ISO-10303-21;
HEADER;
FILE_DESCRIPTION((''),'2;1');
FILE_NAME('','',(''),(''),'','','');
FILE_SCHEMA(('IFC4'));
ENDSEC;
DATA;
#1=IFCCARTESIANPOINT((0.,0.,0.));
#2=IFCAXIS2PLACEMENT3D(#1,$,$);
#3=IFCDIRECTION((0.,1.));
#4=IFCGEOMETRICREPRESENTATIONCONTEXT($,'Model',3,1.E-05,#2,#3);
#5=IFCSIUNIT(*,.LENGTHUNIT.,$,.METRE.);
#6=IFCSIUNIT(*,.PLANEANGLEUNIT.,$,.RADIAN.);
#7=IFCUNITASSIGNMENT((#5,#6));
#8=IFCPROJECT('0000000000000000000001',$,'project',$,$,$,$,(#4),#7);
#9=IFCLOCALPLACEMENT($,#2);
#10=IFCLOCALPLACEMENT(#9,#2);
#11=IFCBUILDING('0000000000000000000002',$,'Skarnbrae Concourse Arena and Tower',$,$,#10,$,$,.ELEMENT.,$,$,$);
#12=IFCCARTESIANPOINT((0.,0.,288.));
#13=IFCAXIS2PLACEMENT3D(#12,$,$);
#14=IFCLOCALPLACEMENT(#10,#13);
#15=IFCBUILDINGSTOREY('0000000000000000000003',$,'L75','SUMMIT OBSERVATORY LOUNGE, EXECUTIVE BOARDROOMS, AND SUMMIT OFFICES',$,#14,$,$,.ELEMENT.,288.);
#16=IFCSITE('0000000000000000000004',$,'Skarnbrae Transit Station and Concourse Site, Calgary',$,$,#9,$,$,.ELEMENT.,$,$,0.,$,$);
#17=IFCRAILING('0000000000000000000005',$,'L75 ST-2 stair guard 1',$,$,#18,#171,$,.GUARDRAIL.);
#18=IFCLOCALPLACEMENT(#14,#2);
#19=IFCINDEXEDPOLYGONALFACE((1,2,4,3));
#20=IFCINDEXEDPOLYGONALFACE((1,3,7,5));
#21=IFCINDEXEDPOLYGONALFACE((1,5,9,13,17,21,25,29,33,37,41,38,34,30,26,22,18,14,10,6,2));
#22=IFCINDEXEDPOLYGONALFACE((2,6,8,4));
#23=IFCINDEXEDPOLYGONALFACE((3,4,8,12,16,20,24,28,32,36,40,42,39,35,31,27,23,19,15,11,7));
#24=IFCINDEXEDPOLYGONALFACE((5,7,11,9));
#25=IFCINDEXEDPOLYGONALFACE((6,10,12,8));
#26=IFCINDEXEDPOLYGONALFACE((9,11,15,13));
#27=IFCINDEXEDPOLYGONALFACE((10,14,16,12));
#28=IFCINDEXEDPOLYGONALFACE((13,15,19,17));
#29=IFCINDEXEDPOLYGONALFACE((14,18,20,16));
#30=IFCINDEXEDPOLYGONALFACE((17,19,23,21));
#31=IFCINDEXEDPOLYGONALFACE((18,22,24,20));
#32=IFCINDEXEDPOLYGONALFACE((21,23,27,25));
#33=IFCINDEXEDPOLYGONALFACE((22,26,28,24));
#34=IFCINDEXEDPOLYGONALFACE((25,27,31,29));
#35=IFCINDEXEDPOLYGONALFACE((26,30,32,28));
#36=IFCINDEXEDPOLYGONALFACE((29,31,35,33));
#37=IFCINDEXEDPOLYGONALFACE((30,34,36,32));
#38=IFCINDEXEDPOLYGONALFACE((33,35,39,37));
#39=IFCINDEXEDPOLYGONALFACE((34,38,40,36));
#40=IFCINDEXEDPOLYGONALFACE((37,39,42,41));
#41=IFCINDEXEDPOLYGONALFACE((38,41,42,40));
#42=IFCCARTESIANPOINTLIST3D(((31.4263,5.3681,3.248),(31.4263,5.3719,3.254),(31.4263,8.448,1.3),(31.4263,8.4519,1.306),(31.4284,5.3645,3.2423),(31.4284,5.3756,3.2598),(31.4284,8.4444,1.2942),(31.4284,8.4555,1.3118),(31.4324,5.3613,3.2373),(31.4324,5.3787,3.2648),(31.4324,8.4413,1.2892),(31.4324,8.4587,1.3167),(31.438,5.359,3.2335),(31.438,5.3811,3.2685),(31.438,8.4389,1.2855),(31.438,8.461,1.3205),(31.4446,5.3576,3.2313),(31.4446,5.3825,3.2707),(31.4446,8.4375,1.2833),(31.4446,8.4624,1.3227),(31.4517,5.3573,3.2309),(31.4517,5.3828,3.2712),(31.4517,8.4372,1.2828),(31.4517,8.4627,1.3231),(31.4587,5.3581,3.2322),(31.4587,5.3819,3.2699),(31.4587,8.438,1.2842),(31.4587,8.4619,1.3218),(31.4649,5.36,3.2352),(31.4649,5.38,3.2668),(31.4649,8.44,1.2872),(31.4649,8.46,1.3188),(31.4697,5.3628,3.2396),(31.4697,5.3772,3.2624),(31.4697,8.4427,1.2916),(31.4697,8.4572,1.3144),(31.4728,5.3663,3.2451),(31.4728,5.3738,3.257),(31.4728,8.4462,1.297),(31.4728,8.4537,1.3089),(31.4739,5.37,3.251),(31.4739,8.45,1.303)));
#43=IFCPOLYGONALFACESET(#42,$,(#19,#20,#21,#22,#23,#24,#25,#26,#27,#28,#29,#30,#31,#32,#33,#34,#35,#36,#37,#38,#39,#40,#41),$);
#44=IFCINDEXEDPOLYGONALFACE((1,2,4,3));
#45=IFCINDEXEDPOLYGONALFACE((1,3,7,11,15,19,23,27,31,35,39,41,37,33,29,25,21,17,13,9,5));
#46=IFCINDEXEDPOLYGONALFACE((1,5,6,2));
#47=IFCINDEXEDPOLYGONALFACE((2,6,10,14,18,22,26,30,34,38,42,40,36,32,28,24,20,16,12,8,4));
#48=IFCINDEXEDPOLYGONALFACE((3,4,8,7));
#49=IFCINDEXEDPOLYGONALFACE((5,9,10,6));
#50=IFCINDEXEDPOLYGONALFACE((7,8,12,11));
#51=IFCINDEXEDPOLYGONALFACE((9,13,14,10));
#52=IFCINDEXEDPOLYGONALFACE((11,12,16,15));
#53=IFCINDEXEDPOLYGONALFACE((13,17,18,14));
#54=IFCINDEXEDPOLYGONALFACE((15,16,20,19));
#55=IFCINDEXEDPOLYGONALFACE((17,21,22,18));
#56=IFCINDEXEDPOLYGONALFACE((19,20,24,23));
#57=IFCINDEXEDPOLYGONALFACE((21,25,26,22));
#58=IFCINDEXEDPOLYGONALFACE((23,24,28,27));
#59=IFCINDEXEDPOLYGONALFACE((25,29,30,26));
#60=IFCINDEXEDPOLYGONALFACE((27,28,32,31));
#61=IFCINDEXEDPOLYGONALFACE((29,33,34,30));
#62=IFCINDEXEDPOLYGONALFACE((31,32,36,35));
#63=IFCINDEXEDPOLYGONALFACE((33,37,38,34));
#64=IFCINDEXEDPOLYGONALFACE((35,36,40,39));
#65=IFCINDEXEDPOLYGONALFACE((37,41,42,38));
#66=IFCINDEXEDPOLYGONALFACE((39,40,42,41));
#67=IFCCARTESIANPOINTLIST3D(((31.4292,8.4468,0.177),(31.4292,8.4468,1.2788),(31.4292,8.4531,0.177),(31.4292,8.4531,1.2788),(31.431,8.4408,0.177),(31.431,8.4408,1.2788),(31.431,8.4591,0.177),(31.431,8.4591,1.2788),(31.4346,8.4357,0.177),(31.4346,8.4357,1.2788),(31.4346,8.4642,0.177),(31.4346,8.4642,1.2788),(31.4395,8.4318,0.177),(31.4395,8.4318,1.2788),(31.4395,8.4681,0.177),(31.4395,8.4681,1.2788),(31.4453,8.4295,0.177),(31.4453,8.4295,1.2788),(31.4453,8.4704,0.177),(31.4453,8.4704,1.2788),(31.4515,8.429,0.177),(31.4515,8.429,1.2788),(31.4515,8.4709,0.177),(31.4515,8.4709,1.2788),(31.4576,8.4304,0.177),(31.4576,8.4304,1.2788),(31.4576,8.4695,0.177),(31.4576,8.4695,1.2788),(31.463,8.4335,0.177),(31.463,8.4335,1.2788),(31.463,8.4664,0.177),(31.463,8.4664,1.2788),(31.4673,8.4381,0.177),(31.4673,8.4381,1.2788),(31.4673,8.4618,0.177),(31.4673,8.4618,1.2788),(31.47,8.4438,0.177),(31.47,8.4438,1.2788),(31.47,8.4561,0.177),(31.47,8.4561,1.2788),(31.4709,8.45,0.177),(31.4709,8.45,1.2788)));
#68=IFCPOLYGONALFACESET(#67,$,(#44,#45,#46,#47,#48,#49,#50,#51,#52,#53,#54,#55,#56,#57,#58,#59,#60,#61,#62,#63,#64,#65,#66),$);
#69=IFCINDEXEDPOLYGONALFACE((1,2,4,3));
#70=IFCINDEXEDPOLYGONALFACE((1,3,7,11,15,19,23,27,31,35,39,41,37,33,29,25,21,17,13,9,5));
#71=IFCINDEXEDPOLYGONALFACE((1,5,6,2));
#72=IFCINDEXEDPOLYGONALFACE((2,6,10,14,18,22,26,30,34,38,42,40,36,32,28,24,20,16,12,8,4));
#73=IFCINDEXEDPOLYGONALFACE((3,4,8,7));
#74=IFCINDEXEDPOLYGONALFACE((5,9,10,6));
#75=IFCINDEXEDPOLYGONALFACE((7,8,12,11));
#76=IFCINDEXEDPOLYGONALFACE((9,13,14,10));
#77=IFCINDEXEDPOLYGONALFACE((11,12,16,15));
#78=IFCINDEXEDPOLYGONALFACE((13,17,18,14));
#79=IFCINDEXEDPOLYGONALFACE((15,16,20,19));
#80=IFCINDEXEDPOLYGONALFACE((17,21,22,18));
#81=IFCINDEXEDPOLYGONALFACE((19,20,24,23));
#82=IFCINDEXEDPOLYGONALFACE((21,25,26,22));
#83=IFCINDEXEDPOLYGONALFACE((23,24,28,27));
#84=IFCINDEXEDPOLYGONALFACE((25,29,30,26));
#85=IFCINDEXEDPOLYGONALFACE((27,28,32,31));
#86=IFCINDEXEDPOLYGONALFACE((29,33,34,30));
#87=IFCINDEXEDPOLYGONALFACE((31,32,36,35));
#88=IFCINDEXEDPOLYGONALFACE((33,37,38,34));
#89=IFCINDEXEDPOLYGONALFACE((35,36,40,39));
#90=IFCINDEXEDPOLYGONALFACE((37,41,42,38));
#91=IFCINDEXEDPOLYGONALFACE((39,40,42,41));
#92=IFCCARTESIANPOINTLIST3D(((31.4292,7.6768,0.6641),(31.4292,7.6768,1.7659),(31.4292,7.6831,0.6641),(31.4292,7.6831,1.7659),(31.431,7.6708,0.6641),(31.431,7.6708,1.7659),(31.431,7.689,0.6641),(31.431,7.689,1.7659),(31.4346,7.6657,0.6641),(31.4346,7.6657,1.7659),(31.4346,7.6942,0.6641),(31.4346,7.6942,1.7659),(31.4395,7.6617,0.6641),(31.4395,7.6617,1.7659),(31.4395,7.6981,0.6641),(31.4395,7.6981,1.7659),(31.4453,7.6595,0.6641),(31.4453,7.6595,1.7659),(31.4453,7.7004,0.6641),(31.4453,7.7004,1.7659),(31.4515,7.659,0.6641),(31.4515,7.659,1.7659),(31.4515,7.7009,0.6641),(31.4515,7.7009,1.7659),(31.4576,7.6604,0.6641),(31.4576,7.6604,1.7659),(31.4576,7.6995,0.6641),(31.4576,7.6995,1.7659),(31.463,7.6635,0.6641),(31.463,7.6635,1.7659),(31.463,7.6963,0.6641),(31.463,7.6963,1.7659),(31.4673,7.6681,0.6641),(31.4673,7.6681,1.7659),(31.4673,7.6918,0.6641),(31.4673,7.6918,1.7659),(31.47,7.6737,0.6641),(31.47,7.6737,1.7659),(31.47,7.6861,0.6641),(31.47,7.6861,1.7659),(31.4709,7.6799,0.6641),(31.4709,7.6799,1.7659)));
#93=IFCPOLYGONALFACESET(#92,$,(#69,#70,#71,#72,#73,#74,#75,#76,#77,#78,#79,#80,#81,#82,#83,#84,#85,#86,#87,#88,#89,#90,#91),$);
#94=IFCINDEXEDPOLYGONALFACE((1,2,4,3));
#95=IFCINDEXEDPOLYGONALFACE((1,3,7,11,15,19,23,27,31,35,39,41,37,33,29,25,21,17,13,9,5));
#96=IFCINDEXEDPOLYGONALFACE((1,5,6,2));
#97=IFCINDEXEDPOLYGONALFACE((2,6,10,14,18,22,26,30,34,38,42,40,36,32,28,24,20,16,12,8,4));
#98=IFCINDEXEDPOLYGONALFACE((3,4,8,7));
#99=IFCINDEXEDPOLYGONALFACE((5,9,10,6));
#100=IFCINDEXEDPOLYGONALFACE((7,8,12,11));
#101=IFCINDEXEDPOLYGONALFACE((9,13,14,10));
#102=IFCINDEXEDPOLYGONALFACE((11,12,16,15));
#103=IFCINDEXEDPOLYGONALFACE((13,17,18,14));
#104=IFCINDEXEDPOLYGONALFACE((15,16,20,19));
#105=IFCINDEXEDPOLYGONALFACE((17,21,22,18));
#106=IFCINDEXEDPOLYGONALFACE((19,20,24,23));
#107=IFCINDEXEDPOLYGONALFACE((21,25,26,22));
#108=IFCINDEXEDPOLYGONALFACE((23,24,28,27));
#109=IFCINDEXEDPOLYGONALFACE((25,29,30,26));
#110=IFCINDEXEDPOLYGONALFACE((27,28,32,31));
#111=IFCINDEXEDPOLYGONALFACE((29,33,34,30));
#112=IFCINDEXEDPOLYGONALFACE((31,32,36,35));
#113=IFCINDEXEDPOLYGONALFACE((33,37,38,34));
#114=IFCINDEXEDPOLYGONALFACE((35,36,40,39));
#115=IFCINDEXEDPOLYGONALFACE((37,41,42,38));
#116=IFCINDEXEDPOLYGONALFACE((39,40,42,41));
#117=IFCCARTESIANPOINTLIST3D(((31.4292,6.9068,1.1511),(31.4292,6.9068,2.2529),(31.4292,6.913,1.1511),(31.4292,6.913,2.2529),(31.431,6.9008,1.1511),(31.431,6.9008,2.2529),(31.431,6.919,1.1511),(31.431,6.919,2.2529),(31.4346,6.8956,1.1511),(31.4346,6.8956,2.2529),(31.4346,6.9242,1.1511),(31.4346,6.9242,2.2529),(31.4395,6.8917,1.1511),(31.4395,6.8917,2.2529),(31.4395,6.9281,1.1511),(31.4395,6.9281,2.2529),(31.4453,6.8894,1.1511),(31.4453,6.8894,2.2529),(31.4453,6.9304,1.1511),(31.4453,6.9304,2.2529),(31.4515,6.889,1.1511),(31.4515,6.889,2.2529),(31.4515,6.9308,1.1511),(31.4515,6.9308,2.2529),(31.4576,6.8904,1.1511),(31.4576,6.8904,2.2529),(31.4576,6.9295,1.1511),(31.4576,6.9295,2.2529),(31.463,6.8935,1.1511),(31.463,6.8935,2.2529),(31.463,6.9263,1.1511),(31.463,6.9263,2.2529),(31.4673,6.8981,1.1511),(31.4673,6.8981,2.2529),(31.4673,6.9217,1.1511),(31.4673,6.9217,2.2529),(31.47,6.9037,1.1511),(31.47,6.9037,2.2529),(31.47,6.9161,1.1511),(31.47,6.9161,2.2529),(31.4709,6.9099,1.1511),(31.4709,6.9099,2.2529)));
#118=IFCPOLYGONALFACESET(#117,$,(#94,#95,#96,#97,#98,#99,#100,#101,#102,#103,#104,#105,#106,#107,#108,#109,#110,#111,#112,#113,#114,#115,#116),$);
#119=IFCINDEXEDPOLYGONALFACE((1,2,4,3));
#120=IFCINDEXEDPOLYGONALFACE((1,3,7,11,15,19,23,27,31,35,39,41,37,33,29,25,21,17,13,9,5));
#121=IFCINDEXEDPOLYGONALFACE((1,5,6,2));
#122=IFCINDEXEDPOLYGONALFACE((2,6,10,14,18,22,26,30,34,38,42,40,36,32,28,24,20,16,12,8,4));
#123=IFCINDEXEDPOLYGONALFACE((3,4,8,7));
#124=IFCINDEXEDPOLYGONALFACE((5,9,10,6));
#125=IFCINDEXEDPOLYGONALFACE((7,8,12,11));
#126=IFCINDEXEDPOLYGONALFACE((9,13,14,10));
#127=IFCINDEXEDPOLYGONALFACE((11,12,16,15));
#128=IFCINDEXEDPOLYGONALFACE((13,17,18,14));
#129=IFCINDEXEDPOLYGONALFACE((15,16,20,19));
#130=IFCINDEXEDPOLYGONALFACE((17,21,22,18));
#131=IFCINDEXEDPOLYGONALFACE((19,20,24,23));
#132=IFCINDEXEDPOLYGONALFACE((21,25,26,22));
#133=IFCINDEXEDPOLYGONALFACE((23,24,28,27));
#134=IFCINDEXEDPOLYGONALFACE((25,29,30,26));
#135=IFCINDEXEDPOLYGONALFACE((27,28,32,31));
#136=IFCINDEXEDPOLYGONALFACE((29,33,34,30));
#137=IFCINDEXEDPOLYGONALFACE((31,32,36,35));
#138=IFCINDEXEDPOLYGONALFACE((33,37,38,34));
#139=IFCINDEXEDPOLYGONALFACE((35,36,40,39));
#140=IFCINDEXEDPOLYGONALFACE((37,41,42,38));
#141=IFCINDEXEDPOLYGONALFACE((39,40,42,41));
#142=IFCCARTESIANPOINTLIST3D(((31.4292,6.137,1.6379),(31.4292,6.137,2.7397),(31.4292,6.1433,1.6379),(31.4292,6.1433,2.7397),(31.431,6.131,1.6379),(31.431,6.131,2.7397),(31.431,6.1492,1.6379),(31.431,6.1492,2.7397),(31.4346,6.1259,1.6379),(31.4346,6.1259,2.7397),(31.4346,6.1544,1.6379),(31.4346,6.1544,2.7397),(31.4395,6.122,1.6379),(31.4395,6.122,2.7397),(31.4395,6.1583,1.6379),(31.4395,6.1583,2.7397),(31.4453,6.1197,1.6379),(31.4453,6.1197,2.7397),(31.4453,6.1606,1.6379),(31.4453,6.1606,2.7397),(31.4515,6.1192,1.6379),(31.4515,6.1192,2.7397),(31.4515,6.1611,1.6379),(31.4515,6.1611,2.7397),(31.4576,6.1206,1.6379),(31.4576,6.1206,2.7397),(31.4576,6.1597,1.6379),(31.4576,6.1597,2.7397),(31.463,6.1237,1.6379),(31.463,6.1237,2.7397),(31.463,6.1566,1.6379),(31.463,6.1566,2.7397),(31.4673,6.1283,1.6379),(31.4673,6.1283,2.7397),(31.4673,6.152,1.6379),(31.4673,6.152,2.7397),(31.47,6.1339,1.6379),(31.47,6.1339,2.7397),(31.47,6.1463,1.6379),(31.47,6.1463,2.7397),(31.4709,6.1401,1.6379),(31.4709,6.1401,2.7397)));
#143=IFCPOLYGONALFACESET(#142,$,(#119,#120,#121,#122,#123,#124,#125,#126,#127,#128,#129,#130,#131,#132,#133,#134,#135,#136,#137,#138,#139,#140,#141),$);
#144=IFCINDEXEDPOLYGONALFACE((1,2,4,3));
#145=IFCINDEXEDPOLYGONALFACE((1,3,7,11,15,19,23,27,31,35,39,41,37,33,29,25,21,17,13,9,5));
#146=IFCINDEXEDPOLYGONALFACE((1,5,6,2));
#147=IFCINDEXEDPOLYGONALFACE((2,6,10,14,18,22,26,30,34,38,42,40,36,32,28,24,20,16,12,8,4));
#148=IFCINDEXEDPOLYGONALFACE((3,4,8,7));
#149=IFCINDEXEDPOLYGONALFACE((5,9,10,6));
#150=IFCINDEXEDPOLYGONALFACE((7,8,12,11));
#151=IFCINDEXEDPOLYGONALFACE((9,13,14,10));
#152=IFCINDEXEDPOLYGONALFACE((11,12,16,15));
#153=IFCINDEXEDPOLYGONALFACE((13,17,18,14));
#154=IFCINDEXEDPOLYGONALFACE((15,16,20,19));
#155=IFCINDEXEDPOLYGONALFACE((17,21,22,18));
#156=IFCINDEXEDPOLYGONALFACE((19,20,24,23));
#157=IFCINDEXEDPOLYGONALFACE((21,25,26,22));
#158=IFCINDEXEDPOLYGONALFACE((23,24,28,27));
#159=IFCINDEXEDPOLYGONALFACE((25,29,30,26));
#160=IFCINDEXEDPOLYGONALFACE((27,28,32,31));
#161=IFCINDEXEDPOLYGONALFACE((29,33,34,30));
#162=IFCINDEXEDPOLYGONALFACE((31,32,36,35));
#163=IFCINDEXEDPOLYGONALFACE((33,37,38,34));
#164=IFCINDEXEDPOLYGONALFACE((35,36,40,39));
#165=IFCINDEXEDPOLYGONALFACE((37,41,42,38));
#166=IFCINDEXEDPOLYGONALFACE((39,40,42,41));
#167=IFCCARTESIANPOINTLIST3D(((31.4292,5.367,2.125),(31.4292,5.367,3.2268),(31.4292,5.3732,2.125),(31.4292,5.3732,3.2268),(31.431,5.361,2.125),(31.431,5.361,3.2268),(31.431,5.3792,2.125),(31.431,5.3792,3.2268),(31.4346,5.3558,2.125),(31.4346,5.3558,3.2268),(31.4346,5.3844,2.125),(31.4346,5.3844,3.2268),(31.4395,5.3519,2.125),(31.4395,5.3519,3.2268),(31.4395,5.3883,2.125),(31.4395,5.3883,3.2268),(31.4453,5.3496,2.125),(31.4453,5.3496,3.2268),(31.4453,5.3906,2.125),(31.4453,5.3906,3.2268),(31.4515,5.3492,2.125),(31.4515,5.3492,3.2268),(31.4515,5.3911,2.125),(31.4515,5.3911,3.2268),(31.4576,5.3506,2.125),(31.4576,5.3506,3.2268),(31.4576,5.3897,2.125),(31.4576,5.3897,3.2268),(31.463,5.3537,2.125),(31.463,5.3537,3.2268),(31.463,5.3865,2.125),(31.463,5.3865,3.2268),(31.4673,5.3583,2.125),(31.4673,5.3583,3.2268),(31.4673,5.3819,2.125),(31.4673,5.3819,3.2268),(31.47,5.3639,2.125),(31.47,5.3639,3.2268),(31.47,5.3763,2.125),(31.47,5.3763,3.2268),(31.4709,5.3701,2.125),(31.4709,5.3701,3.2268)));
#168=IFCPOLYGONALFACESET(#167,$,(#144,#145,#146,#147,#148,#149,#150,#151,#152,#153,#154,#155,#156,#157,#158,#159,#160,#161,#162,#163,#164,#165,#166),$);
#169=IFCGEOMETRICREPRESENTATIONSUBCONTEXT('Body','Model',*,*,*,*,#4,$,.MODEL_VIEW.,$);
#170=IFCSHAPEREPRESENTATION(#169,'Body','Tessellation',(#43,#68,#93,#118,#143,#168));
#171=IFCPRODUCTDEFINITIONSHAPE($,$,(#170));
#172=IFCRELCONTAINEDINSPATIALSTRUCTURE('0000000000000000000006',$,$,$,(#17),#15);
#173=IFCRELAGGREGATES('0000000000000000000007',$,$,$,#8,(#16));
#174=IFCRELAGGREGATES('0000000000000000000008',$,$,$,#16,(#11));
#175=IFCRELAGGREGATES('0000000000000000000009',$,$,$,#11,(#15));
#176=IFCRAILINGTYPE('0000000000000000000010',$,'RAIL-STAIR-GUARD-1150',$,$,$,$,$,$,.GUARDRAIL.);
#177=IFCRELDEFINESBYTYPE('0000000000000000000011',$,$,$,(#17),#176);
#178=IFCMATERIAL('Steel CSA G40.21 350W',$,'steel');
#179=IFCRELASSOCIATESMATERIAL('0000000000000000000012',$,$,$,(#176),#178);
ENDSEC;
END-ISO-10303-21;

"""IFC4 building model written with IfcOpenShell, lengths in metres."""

from ifc_helpers import new_model, si_unit, direction, frame, origin, origin_2d, place, context, subcontext, project, spatial, circle, extrude, material, type_object, element, save


model = new_model("IFC4")

# Units and contexts
model_context = context("Model", 3, precision=1e-05, world=origin(), true_north=direction((0.0, 1.0)))
body_context = subcontext(model_context, "Body", "Model", "MODEL_VIEW")
ifc_project = project(units=[si_unit("LENGTHUNIT", "METRE"), si_unit("PLANEANGLEUNIT", "RADIAN")], contexts=[model_context])

# Site, building, storey
site_placement = place(None, origin())
site = spatial("IfcSite", under=ifc_project, at=site_placement, Name="Skarnbrae Transit Station and Concourse Site, Calgary", CompositionType="ELEMENT", RefElevation=0.0)
building_placement = place(site_placement, origin())
building = spatial("IfcBuilding", under=site, at=building_placement, Name="Skarnbrae Concourse Arena and Tower", CompositionType="ELEMENT")
storey_placement = place(building_placement, frame((0.0, 0.0, 288.0)))
storey = spatial("IfcBuildingStorey", under=building, at=storey_placement, Name="L75", Description="SUMMIT OBSERVATORY LOUNGE, EXECUTIVE BOARDROOMS, AND SUMMIT OFFICES", CompositionType="ELEMENT", Elevation=288.0)

# Shared definitions
ifc_material_1 = material(Name="Steel CSA G40.21 350W", Category="steel")

# Railing
railing_type_1 = type_object("IfcRailingType", Name="RAIL-STAIR-GUARD-1150", PredefinedType="GUARDRAIL", material=ifc_material_1)
railing_1_placement = place(storey_placement, frame((31.45, 8.45, 0.177)))
element("IfcRailing", 1, at=railing_1_placement, inside=storey, type_object=railing_type_1, Name="L75 ST-2 stair guard 1", PredefinedType="GUARDRAIL", context=body_context, shape_type="SweptSolid", body=[
    extrude(circle(Radius=0.0239, at=origin_2d()), frame((0.0, 0.0, 1.126), z_axis=(0.0, -0.845137, 0.53455), x_axis=(1.0, 0.0, 0.0)), (0.0, 0.0, 1.0), 3.6443),
    extrude(circle(Radius=0.021, at=origin_2d()), origin(), (0.0, 0.0, 1.0), 1.1018),
    extrude(circle(Radius=0.021, at=origin_2d()), frame((0.0, -0.77, 0.4871)), (0.0, 0.0, 1.0), 1.1018),
    extrude(circle(Radius=0.021, at=origin_2d()), frame((0.0, -1.54, 0.9741)), (0.0, 0.0, 1.0), 1.1018),
    extrude(circle(Radius=0.021, at=origin_2d()), frame((0.0, -2.3098, 1.4609)), (0.0, 0.0, 1.0), 1.1018),
    extrude(circle(Radius=0.021, at=origin_2d()), frame((0.0, -3.0798, 1.948)), (0.0, 0.0, 1.0), 1.1018),
])

save(model, "model.ifc")
